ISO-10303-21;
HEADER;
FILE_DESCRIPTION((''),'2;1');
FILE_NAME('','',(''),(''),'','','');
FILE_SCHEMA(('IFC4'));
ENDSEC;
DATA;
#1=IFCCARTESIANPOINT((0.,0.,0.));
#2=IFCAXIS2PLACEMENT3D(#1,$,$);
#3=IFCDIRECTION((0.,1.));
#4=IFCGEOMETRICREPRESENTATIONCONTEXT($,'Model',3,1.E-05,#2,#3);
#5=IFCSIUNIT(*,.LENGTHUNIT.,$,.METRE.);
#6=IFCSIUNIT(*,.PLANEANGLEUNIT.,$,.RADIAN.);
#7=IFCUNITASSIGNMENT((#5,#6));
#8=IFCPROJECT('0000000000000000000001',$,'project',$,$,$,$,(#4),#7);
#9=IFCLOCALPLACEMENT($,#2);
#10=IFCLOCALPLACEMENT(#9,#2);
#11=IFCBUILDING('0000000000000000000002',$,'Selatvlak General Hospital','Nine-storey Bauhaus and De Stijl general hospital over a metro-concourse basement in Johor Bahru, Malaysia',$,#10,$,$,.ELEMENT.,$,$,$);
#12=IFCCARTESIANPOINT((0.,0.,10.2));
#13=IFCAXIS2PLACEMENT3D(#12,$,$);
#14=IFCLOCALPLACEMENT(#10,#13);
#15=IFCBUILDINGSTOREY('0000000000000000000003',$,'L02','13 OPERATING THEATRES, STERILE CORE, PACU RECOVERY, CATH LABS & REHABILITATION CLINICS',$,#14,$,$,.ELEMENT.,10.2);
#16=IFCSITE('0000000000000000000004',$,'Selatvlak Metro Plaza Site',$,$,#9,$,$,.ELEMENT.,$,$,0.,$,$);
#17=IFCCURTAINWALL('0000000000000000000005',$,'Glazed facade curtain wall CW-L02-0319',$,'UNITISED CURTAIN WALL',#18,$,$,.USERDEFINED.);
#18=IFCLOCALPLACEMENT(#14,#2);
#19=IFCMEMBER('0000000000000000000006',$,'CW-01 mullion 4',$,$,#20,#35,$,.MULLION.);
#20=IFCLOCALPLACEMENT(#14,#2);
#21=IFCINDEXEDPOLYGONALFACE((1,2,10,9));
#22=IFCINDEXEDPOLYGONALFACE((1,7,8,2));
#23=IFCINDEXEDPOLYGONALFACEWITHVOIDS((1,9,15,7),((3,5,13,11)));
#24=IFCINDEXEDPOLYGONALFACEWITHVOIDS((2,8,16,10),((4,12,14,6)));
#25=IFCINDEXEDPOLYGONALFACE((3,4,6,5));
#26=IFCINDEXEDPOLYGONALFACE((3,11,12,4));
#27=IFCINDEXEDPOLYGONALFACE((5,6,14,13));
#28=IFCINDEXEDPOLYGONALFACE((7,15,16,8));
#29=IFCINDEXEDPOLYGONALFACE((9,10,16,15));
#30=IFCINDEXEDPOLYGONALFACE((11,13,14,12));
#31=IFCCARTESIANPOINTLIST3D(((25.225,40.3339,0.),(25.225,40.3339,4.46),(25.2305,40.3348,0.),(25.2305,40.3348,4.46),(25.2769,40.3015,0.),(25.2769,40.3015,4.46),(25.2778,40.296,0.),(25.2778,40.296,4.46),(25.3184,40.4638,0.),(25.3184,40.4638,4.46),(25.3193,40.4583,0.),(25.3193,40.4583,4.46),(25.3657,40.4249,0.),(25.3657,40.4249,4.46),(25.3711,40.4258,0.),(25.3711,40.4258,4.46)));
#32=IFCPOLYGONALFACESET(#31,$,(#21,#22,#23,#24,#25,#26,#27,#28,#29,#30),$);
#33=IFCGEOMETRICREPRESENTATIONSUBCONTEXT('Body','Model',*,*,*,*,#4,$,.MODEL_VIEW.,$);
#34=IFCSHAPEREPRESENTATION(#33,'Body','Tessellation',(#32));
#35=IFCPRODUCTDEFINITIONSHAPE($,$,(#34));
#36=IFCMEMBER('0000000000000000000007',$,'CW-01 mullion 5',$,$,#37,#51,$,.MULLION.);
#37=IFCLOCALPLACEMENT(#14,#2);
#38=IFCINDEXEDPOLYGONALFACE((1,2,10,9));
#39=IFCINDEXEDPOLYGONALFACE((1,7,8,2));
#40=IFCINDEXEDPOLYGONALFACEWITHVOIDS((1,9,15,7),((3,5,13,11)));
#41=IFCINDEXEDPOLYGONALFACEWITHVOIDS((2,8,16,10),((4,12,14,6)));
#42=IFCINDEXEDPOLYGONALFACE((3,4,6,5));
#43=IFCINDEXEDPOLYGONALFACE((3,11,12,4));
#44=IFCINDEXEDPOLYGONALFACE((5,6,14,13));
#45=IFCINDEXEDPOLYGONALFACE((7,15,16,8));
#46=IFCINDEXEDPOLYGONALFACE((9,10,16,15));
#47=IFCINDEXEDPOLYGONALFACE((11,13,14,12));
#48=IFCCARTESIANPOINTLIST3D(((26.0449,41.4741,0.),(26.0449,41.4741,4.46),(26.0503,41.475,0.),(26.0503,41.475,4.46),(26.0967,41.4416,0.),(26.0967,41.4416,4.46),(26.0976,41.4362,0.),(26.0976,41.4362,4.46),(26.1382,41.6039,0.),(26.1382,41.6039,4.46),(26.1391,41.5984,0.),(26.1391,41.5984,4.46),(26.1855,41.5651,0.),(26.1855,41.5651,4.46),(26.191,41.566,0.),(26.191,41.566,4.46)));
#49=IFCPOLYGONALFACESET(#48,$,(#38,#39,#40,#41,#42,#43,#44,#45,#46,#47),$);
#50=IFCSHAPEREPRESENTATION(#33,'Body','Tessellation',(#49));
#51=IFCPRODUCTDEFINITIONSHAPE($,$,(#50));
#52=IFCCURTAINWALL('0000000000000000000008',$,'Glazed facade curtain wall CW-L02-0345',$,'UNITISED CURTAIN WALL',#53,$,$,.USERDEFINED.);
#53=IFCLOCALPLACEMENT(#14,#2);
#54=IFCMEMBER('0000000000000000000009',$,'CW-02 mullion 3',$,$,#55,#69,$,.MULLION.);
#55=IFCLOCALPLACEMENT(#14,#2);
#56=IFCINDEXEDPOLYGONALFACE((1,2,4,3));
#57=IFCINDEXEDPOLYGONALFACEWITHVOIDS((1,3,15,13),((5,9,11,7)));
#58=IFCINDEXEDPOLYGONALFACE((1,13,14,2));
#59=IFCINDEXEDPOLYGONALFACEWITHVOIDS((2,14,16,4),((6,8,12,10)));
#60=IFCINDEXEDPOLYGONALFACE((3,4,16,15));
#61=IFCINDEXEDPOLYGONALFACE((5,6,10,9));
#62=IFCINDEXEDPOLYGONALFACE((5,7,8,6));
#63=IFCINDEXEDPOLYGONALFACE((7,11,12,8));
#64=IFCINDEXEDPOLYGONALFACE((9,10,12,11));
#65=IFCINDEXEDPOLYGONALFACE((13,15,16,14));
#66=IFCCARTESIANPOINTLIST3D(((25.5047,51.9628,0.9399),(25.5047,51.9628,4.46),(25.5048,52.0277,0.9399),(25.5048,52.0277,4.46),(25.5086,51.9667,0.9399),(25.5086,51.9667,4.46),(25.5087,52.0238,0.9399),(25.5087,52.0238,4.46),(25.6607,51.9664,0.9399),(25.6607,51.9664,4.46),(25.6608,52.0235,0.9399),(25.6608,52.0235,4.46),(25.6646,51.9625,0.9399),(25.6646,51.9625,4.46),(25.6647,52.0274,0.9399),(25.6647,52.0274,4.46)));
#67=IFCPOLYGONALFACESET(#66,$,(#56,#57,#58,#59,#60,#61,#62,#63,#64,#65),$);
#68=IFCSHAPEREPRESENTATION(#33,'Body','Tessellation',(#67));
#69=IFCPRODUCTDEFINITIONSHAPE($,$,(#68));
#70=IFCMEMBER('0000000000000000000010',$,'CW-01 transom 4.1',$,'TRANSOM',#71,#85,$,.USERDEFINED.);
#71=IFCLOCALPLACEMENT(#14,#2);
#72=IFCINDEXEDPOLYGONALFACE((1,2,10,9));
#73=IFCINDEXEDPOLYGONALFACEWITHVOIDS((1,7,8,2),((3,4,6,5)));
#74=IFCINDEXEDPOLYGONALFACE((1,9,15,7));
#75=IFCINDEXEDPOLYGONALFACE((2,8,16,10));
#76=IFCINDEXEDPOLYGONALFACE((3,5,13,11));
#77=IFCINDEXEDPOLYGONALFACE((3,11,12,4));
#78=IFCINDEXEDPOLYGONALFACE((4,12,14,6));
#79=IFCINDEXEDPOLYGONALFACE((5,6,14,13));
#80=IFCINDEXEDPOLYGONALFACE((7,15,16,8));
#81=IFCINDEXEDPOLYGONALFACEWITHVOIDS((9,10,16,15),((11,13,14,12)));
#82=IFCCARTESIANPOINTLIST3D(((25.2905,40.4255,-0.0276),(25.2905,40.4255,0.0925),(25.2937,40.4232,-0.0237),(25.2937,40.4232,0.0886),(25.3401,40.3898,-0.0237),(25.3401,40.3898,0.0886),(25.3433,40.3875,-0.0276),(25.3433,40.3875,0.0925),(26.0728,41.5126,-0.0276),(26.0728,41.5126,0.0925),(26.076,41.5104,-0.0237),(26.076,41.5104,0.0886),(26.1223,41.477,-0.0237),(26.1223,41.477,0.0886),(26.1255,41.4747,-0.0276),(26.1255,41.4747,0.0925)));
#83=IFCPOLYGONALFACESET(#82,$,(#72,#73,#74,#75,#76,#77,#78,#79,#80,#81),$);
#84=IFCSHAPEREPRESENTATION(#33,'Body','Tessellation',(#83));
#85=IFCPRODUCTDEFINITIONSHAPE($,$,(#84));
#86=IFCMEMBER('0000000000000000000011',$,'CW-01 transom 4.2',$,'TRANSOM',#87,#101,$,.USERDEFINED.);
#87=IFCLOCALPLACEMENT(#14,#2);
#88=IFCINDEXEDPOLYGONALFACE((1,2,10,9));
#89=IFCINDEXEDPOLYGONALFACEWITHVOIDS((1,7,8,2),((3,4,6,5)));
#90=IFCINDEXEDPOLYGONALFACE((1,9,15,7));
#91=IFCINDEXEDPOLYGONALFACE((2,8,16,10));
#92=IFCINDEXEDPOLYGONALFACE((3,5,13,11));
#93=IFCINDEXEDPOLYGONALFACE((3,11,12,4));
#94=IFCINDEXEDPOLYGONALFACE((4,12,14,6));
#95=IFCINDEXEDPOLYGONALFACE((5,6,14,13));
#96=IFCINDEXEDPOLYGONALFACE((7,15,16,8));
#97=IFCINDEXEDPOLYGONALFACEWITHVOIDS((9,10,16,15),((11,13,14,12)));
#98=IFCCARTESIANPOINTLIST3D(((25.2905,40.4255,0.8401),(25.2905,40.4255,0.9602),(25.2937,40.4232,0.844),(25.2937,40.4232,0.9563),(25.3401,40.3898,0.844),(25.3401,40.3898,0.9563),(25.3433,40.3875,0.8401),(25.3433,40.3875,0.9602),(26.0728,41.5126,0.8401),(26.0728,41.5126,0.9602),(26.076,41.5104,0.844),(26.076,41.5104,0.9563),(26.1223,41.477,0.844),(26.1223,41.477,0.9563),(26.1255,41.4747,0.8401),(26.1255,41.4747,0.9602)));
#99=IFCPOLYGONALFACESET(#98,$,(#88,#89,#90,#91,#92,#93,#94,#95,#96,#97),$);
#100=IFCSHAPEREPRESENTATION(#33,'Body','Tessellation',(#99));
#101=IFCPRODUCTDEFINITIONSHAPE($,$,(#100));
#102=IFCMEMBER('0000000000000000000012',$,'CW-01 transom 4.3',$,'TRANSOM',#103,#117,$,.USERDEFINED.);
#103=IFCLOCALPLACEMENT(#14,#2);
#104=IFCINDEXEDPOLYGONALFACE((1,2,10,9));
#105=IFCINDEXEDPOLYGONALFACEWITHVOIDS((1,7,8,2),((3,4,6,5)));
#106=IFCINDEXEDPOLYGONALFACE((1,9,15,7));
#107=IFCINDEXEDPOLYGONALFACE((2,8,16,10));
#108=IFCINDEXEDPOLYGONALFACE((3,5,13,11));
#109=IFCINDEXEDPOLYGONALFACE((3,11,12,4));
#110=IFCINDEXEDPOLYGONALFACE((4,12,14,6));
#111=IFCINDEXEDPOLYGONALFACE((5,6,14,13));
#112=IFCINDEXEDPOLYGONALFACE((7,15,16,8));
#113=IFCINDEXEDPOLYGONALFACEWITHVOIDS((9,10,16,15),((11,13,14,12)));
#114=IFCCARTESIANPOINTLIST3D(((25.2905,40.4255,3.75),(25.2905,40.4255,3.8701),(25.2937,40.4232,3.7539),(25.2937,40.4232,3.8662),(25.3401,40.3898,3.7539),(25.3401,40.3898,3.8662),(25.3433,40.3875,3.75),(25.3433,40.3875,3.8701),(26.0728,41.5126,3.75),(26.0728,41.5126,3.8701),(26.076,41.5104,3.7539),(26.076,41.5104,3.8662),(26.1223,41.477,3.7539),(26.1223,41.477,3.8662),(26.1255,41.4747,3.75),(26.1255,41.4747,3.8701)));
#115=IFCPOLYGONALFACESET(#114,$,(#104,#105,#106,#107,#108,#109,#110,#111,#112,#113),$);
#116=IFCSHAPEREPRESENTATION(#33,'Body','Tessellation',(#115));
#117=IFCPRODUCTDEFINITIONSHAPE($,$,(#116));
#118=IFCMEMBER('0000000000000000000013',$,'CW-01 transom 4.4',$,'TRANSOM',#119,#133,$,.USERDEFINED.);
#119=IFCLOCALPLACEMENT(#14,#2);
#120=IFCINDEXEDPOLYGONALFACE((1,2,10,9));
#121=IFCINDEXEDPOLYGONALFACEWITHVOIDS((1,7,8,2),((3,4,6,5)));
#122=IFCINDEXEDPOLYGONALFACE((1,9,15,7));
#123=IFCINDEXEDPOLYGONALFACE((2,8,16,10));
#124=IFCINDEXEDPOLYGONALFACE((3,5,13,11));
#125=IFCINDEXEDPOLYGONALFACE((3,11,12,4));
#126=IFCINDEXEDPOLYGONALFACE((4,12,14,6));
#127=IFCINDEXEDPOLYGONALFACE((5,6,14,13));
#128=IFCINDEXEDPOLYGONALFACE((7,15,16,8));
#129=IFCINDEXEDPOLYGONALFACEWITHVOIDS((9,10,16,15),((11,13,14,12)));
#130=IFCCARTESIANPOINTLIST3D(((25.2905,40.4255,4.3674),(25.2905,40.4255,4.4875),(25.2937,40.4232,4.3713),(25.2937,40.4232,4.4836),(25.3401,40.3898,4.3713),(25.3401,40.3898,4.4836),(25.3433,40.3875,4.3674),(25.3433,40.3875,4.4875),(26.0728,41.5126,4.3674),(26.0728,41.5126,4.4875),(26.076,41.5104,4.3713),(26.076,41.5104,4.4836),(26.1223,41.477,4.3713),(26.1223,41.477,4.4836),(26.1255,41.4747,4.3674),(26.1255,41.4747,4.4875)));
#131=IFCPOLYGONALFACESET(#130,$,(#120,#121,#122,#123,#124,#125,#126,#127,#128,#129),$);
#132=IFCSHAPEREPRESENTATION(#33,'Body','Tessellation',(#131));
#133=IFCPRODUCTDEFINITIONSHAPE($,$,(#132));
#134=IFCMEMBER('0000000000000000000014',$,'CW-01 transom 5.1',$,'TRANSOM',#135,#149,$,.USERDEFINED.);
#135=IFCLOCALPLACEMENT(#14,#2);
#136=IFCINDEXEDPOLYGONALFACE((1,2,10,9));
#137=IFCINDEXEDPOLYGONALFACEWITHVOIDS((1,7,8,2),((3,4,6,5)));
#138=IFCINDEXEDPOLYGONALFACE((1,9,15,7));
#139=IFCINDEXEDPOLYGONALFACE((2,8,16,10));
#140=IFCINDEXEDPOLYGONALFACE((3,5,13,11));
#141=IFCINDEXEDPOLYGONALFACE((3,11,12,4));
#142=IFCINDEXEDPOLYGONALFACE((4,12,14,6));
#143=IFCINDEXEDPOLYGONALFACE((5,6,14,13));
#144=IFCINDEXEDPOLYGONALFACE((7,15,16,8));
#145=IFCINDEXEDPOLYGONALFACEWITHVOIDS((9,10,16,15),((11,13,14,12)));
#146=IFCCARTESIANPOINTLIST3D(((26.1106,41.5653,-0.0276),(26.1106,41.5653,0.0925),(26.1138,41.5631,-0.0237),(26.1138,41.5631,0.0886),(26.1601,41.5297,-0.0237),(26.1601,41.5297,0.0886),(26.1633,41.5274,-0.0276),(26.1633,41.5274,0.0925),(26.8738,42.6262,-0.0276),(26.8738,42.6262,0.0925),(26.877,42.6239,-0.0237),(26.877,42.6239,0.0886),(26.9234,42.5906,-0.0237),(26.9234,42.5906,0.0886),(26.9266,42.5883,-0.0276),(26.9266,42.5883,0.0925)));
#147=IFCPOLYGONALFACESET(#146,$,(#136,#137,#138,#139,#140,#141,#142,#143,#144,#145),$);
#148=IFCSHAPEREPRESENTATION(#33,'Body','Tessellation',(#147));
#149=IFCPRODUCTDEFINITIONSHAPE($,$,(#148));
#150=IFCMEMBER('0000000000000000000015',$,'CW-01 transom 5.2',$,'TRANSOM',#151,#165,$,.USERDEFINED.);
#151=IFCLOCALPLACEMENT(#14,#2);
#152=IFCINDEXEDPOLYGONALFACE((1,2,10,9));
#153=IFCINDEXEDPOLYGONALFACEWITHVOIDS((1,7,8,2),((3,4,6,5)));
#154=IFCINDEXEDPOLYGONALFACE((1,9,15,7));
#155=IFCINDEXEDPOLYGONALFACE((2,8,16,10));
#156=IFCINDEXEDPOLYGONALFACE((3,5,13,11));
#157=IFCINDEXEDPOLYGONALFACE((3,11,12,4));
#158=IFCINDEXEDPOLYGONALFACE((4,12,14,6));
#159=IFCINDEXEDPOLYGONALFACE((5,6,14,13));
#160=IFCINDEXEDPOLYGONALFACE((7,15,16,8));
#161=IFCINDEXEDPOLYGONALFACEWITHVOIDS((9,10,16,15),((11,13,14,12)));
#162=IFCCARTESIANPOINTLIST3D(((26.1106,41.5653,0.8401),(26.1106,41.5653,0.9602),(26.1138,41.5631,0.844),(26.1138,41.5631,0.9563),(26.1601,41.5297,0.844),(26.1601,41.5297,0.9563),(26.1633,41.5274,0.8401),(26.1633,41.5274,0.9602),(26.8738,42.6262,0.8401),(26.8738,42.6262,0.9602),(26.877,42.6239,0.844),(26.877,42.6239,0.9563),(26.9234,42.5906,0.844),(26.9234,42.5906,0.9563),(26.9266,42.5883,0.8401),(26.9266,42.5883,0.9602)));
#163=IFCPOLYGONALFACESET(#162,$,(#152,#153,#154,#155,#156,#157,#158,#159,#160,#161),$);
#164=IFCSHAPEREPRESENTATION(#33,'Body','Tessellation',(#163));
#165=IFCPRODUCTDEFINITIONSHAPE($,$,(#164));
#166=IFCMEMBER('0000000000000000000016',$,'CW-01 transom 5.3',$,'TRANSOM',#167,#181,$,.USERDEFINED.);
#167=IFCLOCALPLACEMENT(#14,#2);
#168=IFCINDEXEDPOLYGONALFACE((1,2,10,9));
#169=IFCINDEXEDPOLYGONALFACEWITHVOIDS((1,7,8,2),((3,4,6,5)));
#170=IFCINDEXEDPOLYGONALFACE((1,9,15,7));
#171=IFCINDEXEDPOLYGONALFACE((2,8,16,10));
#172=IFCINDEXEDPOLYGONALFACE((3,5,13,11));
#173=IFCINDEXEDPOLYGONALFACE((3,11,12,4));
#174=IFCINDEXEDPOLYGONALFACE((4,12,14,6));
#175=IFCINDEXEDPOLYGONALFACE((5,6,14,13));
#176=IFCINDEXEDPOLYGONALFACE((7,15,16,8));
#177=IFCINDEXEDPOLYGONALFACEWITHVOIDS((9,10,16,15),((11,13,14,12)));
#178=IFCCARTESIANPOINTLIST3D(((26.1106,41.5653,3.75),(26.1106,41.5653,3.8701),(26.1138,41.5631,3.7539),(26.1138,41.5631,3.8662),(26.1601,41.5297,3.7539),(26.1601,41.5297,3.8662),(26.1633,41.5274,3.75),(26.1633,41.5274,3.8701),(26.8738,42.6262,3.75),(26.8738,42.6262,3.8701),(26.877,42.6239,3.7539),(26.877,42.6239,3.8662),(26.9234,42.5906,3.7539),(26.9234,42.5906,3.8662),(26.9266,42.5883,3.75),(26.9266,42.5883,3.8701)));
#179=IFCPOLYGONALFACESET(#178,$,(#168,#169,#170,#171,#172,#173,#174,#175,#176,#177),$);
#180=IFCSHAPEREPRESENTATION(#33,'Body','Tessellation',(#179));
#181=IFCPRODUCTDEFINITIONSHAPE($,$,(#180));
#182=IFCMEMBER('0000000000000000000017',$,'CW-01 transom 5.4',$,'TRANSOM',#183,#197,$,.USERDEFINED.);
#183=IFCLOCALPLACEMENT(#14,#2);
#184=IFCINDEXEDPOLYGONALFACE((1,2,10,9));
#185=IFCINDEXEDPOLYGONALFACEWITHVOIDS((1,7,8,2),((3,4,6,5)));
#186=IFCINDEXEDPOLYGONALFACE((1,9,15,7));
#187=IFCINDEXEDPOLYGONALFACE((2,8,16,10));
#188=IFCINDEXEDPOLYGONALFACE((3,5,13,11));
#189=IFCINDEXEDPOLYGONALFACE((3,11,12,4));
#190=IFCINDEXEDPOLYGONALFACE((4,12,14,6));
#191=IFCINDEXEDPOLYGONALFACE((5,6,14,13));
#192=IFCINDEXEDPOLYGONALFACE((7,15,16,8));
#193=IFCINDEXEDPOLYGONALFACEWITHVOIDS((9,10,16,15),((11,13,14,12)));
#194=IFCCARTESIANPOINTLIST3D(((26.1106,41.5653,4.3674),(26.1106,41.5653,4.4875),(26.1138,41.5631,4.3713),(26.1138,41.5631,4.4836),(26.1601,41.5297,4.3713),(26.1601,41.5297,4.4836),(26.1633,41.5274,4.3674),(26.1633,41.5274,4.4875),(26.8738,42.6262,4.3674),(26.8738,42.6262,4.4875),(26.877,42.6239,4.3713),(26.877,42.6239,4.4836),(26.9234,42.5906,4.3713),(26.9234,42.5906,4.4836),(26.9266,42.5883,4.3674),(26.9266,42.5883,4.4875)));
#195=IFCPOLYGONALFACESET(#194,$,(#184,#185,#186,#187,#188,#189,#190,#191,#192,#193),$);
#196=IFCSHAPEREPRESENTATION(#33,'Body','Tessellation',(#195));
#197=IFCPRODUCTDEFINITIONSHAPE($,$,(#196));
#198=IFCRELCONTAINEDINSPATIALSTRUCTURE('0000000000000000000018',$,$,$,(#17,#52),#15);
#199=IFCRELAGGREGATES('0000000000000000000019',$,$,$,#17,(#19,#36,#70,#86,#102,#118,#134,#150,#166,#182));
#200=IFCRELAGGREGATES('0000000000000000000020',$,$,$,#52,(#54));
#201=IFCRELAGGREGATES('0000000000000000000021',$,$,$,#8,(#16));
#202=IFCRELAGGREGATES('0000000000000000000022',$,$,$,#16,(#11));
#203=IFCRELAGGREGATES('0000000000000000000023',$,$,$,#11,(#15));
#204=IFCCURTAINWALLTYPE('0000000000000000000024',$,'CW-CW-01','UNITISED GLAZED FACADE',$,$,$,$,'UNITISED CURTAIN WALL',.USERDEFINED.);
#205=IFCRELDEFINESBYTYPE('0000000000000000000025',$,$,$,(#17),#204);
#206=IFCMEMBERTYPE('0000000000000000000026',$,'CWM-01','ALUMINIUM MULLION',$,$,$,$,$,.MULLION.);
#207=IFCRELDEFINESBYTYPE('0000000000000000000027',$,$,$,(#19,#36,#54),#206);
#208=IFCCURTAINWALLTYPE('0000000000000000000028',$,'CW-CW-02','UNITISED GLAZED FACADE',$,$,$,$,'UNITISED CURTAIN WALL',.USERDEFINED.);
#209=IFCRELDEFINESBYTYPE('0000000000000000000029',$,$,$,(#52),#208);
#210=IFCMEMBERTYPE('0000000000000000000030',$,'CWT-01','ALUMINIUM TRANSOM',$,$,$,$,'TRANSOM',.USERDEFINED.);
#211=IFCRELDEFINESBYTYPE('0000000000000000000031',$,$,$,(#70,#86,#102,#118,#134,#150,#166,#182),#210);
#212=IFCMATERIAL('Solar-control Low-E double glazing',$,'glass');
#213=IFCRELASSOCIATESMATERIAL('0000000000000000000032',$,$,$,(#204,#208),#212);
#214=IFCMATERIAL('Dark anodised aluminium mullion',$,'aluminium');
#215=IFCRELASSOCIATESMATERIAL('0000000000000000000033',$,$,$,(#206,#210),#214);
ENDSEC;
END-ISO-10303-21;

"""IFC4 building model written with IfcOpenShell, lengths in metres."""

from ifc_helpers import new_model, si_unit, direction, frame, origin, origin_2d, place, context, subcontext, project, spatial, hollow_rectangle, extrude, material, material_profile, profile_set, type_object, element, aggregate, save


model = new_model("IFC4")

# Units and contexts
model_context = context("Model", 3, precision=1e-05, world=origin(), true_north=direction((0.0, 1.0)))
body_context = subcontext(model_context, "Body", "Model", "MODEL_VIEW")
ifc_project = project(units=[si_unit("LENGTHUNIT", "METRE"), si_unit("PLANEANGLEUNIT", "RADIAN")], contexts=[model_context])

# Site, building, storey
site_placement = place(None, origin())
site = spatial("IfcSite", under=ifc_project, at=site_placement, Name="Selatvlak Metro Plaza Site", CompositionType="ELEMENT", RefElevation=0.0)
building_placement = place(site_placement, origin())
building = spatial("IfcBuilding", under=site, at=building_placement, Name="Selatvlak General Hospital", Description="Nine-storey Bauhaus and De Stijl general hospital over a metro-concourse basement in Johor Bahru, Malaysia", CompositionType="ELEMENT")
storey_placement = place(building_placement, frame((0.0, 0.0, 10.2)))
storey = spatial("IfcBuildingStorey", under=building, at=storey_placement, Name="L02", Description="13 OPERATING THEATRES, STERILE CORE, PACU RECOVERY, CATH LABS & REHABILITATION CLINICS", CompositionType="ELEMENT", Elevation=10.2)

# Curtain wall, members
ifc_material_1 = material(Name="Solar-control Low-E double glazing", Category="glass")
curtain_wall_type_1 = type_object("IfcCurtainWallType", Name="CW-CW-01", Description="UNITISED GLAZED FACADE", ElementType="UNITISED CURTAIN WALL", PredefinedType="USERDEFINED", material=ifc_material_1)
curtain_wall_1_placement = place(storey_placement, origin())
curtain_wall_1 = element("IfcCurtainWall", 1, at=curtain_wall_1_placement, inside=storey, type_object=curtain_wall_type_1, Name="Glazed facade curtain wall CW-L02-0319", ObjectType="UNITISED CURTAIN WALL", PredefinedType="USERDEFINED")
ifc_material_2 = material(Name="Dark anodised aluminium mullion", Category="aluminium")
ifc_material_profile_1 = material_profile(ifc_material_2, hollow_rectangle(XDim=0.0649, YDim=0.1599, WallThickness=0.0039, at=origin_2d()), Name="AL-MUL 65x160x4")
ifc_profile_set_1 = profile_set([ifc_material_profile_1], Name="Dark anodised aluminium mullion")
member_type_1 = type_object("IfcMemberType", Name="CWM-01", Description="ALUMINIUM MULLION", PredefinedType="MULLION", material=ifc_profile_set_1)
member_1_placement = place(storey_placement, frame((25.2981, 40.3799, 0.0), z_axis=(0.0, 0.0, 1.0), x_axis=(-0.811804, 0.583929, 0.0)))
member_1 = element("IfcMember", 2, at=member_1_placement, type_object=member_type_1, Name="CW-01 mullion 4", PredefinedType="MULLION", context=body_context, shape_type="SweptSolid", body=[
    extrude(hollow_rectangle(XDim=0.0649, YDim=0.1599, WallThickness=0.0039, at=origin_2d()), origin(), (0.0, 0.0, 1.0), 4.46),
])
member_2_placement = place(storey_placement, frame((26.1179, 41.52, 0.0), z_axis=(0.0, 0.0, 1.0), x_axis=(-0.811804, 0.583929, 0.0)))
member_2 = element("IfcMember", 3, at=member_2_placement, type_object=member_type_1, Name="CW-01 mullion 5", PredefinedType="MULLION", context=body_context, shape_type="SweptSolid", body=[
    extrude(hollow_rectangle(XDim=0.0649, YDim=0.1599, WallThickness=0.0039, at=origin_2d()), origin(), (0.0, 0.0, 1.0), 4.46),
])

# Curtain wall, member
curtain_wall_type_2 = type_object("IfcCurtainWallType", Name="CW-CW-02", Description="UNITISED GLAZED FACADE", ElementType="UNITISED CURTAIN WALL", PredefinedType="USERDEFINED", material=ifc_material_1)
curtain_wall_2_placement = place(storey_placement, origin())
curtain_wall_2 = element("IfcCurtainWall", 4, at=curtain_wall_2_placement, inside=storey, type_object=curtain_wall_type_2, Name="Glazed facade curtain wall CW-L02-0345", ObjectType="UNITISED CURTAIN WALL", PredefinedType="USERDEFINED")
member_3_placement = place(storey_placement, frame((25.5847, 51.9951, 0.9399), z_axis=(0.0, 0.0, 1.0), x_axis=(-0.001811, -0.999998, 0.0)))
member_3 = element("IfcMember", 5, at=member_3_placement, type_object=member_type_1, Name="CW-02 mullion 3", PredefinedType="MULLION", context=body_context, shape_type="SweptSolid", body=[
    extrude(hollow_rectangle(XDim=0.0649, YDim=0.1599, WallThickness=0.0039, at=origin_2d()), origin(), (0.0, 0.0, 1.0), 3.52),
])

# Members
ifc_material_profile_2 = material_profile(ifc_material_2, hollow_rectangle(XDim=0.0649, YDim=0.1201, WallThickness=0.0039, at=origin_2d()), Name="AL-TRN 65x120x4")
ifc_profile_set_2 = profile_set([ifc_material_profile_2], Name="Dark anodised aluminium mullion")
member_type_2 = type_object("IfcMemberType", Name="CWT-01", Description="ALUMINIUM TRANSOM", ElementType="TRANSOM", PredefinedType="USERDEFINED", material=ifc_profile_set_2)
member_4_placement = place(storey_placement, frame((25.3169, 40.4065, 0.0325), z_axis=(0.584045, 0.811721, 0.0), x_axis=(-0.811721, 0.584045, 0.0)))
member_4 = element("IfcMember", 6, at=member_4_placement, type_object=member_type_2, Name="CW-01 transom 4.1", ObjectType="TRANSOM", PredefinedType="USERDEFINED", context=body_context, shape_type="SweptSolid", body=[
    extrude(hollow_rectangle(XDim=0.0649, YDim=0.1201, WallThickness=0.0039, at=origin_2d()), origin(), (0.0, 0.0, 1.0), 1.3394),
])
member_5_placement = place(storey_placement, frame((25.3169, 40.4065, 0.9001), z_axis=(0.584045, 0.811721, 0.0), x_axis=(-0.811721, 0.584045, 0.0)))
member_5 = element("IfcMember", 7, at=member_5_placement, type_object=member_type_2, Name="CW-01 transom 4.2", ObjectType="TRANSOM", PredefinedType="USERDEFINED", context=body_context, shape_type="SweptSolid", body=[
    extrude(hollow_rectangle(XDim=0.0649, YDim=0.1201, WallThickness=0.0039, at=origin_2d()), origin(), (0.0, 0.0, 1.0), 1.3394),
])
member_6_placement = place(storey_placement, frame((25.3169, 40.4065, 3.8101), z_axis=(0.584045, 0.811721, 0.0), x_axis=(-0.811721, 0.584045, 0.0)))
member_6 = element("IfcMember", 8, at=member_6_placement, type_object=member_type_2, Name="CW-01 transom 4.3", ObjectType="TRANSOM", PredefinedType="USERDEFINED", context=body_context, shape_type="SweptSolid", body=[
    extrude(hollow_rectangle(XDim=0.0649, YDim=0.1201, WallThickness=0.0039, at=origin_2d()), origin(), (0.0, 0.0, 1.0), 1.3394),
])
member_7_placement = place(storey_placement, frame((25.3169, 40.4065, 4.4275), z_axis=(0.584045, 0.811721, 0.0), x_axis=(-0.811721, 0.584045, 0.0)))
member_7 = element("IfcMember", 9, at=member_7_placement, type_object=member_type_2, Name="CW-01 transom 4.4", ObjectType="TRANSOM", PredefinedType="USERDEFINED", context=body_context, shape_type="SweptSolid", body=[
    extrude(hollow_rectangle(XDim=0.0649, YDim=0.1201, WallThickness=0.0039, at=origin_2d()), origin(), (0.0, 0.0, 1.0), 1.3394),
])
member_8_placement = place(storey_placement, frame((26.137, 41.5464, 0.0325), z_axis=(0.584009, 0.811747, 0.0), x_axis=(-0.811747, 0.584009, 0.0)))
member_8 = element("IfcMember", 10, at=member_8_placement, type_object=member_type_2, Name="CW-01 transom 5.1", ObjectType="TRANSOM", PredefinedType="USERDEFINED", context=body_context, shape_type="SweptSolid", body=[
    extrude(hollow_rectangle(XDim=0.0649, YDim=0.1201, WallThickness=0.0039, at=origin_2d()), origin(), (0.0, 0.0, 1.0), 1.3069),
])
member_9_placement = place(storey_placement, frame((26.137, 41.5464, 0.9001), z_axis=(0.584009, 0.811747, 0.0), x_axis=(-0.811747, 0.584009, 0.0)))
member_9 = element("IfcMember", 11, at=member_9_placement, type_object=member_type_2, Name="CW-01 transom 5.2", ObjectType="TRANSOM", PredefinedType="USERDEFINED", context=body_context, shape_type="SweptSolid", body=[
    extrude(hollow_rectangle(XDim=0.0649, YDim=0.1201, WallThickness=0.0039, at=origin_2d()), origin(), (0.0, 0.0, 1.0), 1.3069),
])
member_10_placement = place(storey_placement, frame((26.137, 41.5464, 3.8101), z_axis=(0.584009, 0.811747, 0.0), x_axis=(-0.811747, 0.584009, 0.0)))
member_10 = element("IfcMember", 12, at=member_10_placement, type_object=member_type_2, Name="CW-01 transom 5.3", ObjectType="TRANSOM", PredefinedType="USERDEFINED", context=body_context, shape_type="SweptSolid", body=[
    extrude(hollow_rectangle(XDim=0.0649, YDim=0.1201, WallThickness=0.0039, at=origin_2d()), origin(), (0.0, 0.0, 1.0), 1.3069),
])
member_11_placement = place(storey_placement, frame((26.137, 41.5464, 4.4275), z_axis=(0.584009, 0.811747, 0.0), x_axis=(-0.811747, 0.584009, 0.0)))
member_11 = element("IfcMember", 13, at=member_11_placement, type_object=member_type_2, Name="CW-01 transom 5.4", ObjectType="TRANSOM", PredefinedType="USERDEFINED", context=body_context, shape_type="SweptSolid", body=[
    extrude(hollow_rectangle(XDim=0.0649, YDim=0.1201, WallThickness=0.0039, at=origin_2d()), origin(), (0.0, 0.0, 1.0), 1.3069),
])

aggregate(curtain_wall_1, [member_1, member_2, member_4, member_5, member_6, member_7, member_8, member_9, member_10, member_11])
aggregate(curtain_wall_2, [member_3])

save(model, "model.ifc")
